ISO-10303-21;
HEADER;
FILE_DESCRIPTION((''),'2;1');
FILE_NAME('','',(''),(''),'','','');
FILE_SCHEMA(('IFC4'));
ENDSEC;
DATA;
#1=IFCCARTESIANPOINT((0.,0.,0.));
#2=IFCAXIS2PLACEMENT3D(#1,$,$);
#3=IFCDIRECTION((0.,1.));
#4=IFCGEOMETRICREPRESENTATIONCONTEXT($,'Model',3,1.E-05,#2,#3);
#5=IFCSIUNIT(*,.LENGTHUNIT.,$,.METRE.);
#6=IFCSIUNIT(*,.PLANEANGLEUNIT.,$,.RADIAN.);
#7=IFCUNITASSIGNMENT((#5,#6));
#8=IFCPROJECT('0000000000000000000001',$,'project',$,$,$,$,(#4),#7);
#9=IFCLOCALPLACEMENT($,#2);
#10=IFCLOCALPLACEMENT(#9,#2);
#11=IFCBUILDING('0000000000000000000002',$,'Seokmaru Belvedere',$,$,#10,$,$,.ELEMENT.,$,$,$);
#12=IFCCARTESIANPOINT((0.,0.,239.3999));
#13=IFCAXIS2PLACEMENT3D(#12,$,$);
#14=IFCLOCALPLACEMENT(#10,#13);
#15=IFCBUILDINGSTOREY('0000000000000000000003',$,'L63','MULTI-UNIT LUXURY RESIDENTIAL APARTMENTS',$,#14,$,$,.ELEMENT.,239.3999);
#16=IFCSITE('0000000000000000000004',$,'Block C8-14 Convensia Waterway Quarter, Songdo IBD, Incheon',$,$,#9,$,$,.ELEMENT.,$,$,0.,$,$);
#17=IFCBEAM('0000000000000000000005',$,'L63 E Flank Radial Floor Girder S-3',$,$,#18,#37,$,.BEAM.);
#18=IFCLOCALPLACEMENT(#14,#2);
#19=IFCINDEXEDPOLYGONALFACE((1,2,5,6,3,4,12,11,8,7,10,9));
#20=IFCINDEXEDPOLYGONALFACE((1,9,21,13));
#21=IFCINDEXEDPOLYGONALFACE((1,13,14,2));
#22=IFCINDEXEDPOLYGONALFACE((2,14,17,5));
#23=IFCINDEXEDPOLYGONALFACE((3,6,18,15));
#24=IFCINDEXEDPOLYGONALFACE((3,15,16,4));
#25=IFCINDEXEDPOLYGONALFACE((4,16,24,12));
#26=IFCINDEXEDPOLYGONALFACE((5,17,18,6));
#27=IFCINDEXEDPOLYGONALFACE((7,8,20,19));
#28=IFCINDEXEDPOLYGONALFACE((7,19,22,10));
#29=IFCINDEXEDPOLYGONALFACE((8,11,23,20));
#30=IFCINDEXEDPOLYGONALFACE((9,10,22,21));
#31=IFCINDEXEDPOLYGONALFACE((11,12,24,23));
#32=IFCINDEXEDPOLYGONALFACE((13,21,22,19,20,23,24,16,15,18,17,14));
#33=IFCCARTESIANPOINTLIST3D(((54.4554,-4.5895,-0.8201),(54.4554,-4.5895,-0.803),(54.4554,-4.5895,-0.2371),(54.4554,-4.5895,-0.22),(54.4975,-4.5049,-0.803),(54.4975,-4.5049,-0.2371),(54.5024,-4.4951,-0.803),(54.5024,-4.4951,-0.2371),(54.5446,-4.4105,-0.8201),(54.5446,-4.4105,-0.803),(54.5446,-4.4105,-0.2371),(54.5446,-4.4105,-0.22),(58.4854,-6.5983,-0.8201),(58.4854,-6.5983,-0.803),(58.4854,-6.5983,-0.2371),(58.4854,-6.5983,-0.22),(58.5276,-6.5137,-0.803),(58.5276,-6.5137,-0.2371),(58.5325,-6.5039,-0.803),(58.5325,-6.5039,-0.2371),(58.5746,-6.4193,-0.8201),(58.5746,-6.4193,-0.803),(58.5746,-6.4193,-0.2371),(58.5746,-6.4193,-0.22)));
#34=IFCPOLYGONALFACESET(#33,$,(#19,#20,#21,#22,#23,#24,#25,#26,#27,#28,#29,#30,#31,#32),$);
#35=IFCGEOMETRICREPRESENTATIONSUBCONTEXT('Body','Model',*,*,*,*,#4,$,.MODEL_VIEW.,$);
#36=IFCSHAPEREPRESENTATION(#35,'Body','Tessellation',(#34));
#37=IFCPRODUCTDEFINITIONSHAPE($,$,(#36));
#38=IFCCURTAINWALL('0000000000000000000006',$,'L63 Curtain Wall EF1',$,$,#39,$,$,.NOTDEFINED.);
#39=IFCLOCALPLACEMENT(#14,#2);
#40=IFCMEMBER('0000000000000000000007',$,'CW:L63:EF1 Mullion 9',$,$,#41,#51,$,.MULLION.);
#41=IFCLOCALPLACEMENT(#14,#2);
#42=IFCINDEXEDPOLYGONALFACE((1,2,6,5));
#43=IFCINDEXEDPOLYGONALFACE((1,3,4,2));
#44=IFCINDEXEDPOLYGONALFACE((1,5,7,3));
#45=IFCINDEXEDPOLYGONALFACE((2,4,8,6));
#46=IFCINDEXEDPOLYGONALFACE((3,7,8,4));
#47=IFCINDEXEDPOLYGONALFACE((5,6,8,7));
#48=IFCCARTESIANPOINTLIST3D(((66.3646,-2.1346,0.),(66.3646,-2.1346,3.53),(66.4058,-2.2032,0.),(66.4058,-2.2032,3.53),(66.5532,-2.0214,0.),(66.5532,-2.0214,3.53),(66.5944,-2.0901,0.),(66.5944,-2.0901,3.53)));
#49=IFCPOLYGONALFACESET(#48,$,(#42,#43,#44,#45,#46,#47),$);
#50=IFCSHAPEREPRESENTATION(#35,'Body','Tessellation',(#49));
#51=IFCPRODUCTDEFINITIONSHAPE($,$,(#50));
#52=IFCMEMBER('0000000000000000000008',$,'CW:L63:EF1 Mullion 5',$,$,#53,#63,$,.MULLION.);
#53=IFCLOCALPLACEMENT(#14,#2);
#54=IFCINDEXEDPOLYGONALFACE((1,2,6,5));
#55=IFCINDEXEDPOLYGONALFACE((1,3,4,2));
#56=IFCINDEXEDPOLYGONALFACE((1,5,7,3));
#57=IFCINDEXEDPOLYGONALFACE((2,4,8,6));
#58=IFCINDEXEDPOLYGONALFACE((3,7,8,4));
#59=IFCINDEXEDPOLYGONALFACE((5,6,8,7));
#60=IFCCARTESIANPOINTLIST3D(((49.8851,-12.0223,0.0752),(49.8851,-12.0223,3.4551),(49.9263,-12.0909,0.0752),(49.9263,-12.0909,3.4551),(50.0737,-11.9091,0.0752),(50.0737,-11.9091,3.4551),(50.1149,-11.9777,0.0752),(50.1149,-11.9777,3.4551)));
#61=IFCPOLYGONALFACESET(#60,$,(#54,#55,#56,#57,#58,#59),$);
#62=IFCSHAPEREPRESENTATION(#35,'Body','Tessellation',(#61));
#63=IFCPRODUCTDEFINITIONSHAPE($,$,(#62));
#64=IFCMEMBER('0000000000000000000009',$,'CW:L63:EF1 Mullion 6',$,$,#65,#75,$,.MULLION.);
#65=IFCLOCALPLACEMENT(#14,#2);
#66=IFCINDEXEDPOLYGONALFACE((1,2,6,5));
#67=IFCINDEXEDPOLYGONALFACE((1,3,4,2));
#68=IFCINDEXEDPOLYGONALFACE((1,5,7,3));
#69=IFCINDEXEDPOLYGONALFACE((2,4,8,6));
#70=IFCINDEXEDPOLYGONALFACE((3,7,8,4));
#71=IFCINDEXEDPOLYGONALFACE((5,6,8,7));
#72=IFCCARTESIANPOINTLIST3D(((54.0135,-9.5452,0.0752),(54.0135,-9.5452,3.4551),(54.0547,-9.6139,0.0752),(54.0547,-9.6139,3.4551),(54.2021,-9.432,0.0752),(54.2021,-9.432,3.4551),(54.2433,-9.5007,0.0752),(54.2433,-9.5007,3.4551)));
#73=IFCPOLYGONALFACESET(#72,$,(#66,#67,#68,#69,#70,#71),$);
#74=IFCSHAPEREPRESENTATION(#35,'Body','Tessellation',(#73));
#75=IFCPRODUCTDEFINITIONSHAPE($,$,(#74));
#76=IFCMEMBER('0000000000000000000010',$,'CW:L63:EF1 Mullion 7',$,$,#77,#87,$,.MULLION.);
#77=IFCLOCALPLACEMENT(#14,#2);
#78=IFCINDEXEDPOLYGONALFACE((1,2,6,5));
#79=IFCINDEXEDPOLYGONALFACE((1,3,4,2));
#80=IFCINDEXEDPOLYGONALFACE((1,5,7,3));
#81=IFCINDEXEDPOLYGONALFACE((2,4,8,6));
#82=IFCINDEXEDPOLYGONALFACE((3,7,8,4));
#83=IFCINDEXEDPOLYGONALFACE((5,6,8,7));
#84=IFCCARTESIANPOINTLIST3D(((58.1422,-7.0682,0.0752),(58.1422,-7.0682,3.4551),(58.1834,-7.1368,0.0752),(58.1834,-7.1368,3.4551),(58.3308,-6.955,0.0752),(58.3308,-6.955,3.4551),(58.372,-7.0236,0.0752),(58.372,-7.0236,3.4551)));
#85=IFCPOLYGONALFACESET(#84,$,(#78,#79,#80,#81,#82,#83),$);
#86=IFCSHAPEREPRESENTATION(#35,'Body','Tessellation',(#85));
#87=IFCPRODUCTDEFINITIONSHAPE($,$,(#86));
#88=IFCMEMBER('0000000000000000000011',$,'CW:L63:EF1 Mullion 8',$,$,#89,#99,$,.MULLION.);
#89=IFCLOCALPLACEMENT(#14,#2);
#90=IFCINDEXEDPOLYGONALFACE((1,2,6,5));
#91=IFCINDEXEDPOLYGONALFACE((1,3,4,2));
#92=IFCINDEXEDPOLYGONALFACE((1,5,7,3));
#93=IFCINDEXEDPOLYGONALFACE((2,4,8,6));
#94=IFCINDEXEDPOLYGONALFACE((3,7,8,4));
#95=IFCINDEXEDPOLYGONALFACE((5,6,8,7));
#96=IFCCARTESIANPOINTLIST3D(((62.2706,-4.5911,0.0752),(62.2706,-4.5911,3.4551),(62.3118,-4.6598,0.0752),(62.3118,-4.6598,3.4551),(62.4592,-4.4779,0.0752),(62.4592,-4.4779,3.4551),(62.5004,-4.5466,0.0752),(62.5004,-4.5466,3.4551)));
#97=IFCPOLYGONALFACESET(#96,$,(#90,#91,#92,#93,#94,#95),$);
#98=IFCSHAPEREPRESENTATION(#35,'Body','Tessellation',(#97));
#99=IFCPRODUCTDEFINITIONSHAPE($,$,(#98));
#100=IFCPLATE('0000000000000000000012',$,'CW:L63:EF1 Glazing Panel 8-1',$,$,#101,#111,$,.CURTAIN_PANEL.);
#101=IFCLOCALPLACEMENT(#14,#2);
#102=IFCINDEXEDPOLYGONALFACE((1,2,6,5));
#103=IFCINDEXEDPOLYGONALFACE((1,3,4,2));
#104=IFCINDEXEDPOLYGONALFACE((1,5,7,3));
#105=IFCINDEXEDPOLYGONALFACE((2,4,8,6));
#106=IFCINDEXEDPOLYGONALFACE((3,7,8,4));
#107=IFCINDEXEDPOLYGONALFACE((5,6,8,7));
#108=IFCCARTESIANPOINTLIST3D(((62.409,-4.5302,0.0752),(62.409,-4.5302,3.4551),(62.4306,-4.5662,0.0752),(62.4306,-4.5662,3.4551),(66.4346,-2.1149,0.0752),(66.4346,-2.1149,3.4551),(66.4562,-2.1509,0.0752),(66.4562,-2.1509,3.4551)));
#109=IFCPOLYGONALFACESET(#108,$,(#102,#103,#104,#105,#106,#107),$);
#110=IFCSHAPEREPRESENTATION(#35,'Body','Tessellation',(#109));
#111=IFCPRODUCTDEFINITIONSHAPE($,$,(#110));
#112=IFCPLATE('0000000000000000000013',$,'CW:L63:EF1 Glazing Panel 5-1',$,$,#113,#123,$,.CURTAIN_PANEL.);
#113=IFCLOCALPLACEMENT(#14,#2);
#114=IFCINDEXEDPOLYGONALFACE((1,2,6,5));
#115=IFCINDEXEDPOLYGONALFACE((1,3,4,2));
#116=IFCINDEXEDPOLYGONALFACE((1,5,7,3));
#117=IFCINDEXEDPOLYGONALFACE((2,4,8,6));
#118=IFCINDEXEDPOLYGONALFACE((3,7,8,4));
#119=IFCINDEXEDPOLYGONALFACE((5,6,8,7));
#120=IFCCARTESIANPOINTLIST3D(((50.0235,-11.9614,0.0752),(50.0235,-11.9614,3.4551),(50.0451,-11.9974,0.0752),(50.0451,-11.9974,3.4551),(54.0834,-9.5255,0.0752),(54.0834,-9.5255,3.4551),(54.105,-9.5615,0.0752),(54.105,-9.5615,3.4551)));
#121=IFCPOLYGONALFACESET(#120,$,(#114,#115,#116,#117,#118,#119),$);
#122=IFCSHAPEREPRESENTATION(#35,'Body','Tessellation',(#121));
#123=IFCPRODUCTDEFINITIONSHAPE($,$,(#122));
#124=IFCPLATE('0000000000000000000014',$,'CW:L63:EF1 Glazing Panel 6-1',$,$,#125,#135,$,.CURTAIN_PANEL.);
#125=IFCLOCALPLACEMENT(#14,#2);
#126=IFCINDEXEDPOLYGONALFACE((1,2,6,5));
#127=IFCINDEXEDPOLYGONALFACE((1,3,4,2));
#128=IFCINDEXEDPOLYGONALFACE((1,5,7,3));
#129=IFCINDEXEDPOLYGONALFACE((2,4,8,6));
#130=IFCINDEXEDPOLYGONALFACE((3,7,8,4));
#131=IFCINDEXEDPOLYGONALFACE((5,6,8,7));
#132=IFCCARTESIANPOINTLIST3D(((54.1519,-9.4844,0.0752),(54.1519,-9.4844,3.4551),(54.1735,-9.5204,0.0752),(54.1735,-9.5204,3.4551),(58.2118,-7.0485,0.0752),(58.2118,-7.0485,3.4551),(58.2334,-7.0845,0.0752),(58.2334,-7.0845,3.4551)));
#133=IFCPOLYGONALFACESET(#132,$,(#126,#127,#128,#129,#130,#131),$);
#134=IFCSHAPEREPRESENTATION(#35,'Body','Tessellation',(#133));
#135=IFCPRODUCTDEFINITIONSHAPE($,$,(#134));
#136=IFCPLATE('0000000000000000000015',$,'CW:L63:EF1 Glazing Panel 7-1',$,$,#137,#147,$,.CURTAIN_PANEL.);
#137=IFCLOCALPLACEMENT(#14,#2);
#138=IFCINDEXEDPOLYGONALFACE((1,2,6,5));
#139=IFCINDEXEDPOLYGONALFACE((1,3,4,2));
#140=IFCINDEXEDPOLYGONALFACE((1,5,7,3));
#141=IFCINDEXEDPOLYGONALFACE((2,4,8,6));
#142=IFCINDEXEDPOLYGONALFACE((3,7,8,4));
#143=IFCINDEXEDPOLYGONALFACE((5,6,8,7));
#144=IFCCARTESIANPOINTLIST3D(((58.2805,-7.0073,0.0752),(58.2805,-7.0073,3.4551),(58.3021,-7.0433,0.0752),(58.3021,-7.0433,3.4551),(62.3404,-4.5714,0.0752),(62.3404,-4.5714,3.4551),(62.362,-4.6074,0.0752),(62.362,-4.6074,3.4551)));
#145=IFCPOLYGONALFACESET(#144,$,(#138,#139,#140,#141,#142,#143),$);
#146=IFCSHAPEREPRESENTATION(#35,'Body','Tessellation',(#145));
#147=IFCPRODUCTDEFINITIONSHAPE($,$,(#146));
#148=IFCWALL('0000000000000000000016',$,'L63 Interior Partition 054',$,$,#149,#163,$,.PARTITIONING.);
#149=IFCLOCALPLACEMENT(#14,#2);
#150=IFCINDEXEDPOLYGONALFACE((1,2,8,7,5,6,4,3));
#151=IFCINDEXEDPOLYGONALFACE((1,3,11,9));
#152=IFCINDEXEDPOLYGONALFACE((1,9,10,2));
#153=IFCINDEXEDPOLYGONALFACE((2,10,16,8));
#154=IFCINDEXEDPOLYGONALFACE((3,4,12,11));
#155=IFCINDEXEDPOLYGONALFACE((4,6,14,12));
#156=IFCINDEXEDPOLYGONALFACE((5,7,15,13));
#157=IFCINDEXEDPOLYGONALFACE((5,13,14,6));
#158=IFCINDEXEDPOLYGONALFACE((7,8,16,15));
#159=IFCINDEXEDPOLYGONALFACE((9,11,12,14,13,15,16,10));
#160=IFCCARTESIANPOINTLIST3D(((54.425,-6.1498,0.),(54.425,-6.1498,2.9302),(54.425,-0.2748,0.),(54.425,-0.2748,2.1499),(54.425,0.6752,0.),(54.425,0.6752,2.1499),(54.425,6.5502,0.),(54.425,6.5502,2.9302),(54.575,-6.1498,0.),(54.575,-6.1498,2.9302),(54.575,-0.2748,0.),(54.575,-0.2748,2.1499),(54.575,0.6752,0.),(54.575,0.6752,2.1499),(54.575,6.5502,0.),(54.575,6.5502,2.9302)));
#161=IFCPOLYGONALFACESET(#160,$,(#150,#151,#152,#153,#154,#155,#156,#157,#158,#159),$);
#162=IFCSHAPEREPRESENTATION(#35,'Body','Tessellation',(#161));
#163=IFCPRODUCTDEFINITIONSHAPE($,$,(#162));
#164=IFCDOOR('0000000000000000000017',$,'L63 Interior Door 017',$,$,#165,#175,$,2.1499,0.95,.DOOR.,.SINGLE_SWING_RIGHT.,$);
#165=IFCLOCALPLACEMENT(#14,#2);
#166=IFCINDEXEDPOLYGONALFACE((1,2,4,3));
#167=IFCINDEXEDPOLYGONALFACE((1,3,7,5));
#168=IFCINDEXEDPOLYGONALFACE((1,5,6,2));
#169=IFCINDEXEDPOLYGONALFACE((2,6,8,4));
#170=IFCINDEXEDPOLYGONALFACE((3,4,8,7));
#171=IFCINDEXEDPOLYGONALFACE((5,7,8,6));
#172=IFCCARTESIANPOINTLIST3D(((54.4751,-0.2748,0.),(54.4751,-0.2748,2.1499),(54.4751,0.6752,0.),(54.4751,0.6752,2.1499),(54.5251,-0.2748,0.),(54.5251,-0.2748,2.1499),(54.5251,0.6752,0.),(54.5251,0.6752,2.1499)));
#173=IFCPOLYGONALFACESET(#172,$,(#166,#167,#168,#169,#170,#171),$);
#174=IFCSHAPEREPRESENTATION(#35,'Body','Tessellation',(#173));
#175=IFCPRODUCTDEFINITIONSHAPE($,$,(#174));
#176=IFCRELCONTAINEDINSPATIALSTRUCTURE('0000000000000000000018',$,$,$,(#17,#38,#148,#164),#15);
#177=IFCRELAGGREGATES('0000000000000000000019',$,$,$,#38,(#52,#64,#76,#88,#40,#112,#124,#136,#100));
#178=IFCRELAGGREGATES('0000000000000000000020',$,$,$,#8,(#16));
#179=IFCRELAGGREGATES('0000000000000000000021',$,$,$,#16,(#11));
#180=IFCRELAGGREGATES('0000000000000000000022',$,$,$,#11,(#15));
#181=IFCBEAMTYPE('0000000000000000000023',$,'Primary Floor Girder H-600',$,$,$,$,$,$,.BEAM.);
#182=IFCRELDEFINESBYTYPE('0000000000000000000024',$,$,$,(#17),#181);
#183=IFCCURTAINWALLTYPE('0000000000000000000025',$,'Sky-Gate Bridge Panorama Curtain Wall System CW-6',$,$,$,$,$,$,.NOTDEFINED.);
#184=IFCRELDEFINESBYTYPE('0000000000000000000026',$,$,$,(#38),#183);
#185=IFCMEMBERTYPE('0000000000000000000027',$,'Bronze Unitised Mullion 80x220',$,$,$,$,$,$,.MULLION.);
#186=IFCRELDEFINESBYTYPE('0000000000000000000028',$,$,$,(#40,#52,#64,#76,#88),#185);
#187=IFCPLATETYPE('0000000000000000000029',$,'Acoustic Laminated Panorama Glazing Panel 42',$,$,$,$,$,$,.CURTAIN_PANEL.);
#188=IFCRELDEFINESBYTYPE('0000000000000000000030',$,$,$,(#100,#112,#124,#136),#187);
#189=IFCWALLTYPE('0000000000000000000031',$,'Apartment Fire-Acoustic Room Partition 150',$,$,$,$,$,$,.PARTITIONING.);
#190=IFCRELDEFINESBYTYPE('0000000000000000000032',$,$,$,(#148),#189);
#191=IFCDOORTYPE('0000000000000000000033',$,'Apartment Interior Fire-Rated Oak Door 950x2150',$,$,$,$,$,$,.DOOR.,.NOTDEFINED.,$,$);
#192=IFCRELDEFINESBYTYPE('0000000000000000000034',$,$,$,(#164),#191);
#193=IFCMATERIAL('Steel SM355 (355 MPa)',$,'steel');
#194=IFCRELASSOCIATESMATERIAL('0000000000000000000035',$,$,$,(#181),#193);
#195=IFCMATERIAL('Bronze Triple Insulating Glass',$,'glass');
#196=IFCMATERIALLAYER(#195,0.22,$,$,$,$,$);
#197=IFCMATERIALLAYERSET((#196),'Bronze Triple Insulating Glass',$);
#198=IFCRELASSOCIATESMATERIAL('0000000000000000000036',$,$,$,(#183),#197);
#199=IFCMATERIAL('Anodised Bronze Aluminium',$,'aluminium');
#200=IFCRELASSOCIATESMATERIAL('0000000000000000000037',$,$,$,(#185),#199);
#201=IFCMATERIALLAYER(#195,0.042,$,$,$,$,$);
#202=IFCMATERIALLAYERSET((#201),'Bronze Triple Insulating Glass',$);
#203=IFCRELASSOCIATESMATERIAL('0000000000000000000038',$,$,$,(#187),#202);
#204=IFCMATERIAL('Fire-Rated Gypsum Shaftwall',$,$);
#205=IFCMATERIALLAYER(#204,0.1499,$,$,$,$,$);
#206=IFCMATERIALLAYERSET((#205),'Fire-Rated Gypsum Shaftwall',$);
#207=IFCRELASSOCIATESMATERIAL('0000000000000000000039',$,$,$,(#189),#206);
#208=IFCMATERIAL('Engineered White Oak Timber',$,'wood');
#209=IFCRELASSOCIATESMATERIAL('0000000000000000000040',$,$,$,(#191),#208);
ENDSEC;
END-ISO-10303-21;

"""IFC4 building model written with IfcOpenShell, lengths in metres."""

from ifc_helpers import new_model, si_unit, direction, frame, frame_2d, origin, origin_2d, place, context, subcontext, project, spatial, rectangle, i_section, extrude, source, transform, mapped, material, layer, layer_set, material_profile, profile_set, type_object, type_shapes, element, fill, aggregate, save


model = new_model("IFC4")

# Units and contexts
model_context = context("Model", 3, precision=1e-05, world=origin(), true_north=direction((0.0, 1.0)))
body_context = subcontext(model_context, "Body", "Model", "MODEL_VIEW")
ifc_project = project(units=[si_unit("LENGTHUNIT", "METRE"), si_unit("PLANEANGLEUNIT", "RADIAN")], contexts=[model_context])

# Site, building, storey
site_placement = place(None, origin())
site = spatial("IfcSite", under=ifc_project, at=site_placement, Name="Block C8-14 Convensia Waterway Quarter, Songdo IBD, Incheon", CompositionType="ELEMENT", RefElevation=0.0)
building_placement = place(site_placement, origin())
building = spatial("IfcBuilding", under=site, at=building_placement, Name="Seokmaru Belvedere", CompositionType="ELEMENT")
storey_placement = place(building_placement, frame((0.0, 0.0, 239.3999)))
storey = spatial("IfcBuildingStorey", under=building, at=storey_placement, Name="L63", Description="MULTI-UNIT LUXURY RESIDENTIAL APARTMENTS", CompositionType="ELEMENT", Elevation=239.3999)

# Shared definitions
ifc_material_1 = material(Name="Steel SM355 (355 MPa)", Category="steel")

# Beam
ifc_material_profile_1 = material_profile(ifc_material_1, i_section(OverallWidth=0.2, OverallDepth=0.6001, WebThickness=0.011, FlangeThickness=0.0171, at=origin_2d()), Name="H-600x200x11x17")
ifc_profile_set_1 = profile_set([ifc_material_profile_1], Name="Steel SM355 (355 MPa)")
beam_type_1 = type_object("IfcBeamType", Name="Primary Floor Girder H-600", PredefinedType="BEAM", material=ifc_profile_set_1)
shared_shape_1 = source(origin(), body_context, "Body", "SweptSolid", [
    extrude(i_section(OverallWidth=0.2, OverallDepth=0.6001, WebThickness=0.011, FlangeThickness=0.0171, at=origin_2d()), origin(), (0.0, 0.0, 1.0), 4.5029),
])
beam_1_placement = place(storey_placement, frame((58.53, -6.5088, -0.52), z_axis=(-0.89498, 0.446107, 0.0), x_axis=(-0.446107, -0.89498, 0.0)))
element("IfcBeam", 1, at=beam_1_placement, inside=storey, type_object=beam_type_1, Name="L63 E Flank Radial Floor Girder S-3", PredefinedType="BEAM", context=body_context, shape_type="MappedRepresentation", body=[
    mapped(shared_shape_1, transform((0.0, 0.0, 0.0), scale=1.0)),
])

# Curtain wall, members, plates
ifc_material_2 = material(Name="Bronze Triple Insulating Glass", Category="glass")
ifc_layer_1 = layer(ifc_material_2, 0.22)
ifc_layer_set_1 = layer_set([ifc_layer_1], Name="Bronze Triple Insulating Glass")
curtain_wall_type = type_object("IfcCurtainWallType", Name="Sky-Gate Bridge Panorama Curtain Wall System CW-6", PredefinedType="NOTDEFINED", material=ifc_layer_set_1)
curtain_wall_placement = place(storey_placement, origin())
curtain_wall = element("IfcCurtainWall", 2, at=curtain_wall_placement, inside=storey, type_object=curtain_wall_type, Name="L63 Curtain Wall EF1", PredefinedType="NOTDEFINED")
ifc_material_3 = material(Name="Anodised Bronze Aluminium", Category="aluminium")
ifc_material_profile_2 = material_profile(ifc_material_3, rectangle(XDim=0.0801, YDim=0.22, at=origin_2d()), Name="CW-M-80x220")
ifc_profile_set_2 = profile_set([ifc_material_profile_2], Name="Anodised Bronze Aluminium")
member_type = type_object("IfcMemberType", Name="Bronze Unitised Mullion 80x220", PredefinedType="MULLION", material=ifc_profile_set_2)
shared_shape_2 = source(origin(), body_context, "Body", "SweptSolid", [
    extrude(rectangle(XDim=0.0801, YDim=0.22, at=origin_2d()), origin(), (0.0, 0.0, 1.0), 3.53),
])
member_1_placement = place(storey_placement, frame((66.4795, -2.1123, 0.0), z_axis=(0.0, 0.0, 1.0), x_axis=(-0.514495, 0.857493, 0.0)))
member_1 = element("IfcMember", 3, at=member_1_placement, type_object=member_type, Name="CW:L63:EF1 Mullion 9", PredefinedType="MULLION", context=body_context, shape_type="MappedRepresentation", body=[
    mapped(shared_shape_2, transform((0.0, 0.0, 0.0), scale=1.0)),
])
shared_shape_3 = source(origin(), body_context, "Body", "SweptSolid", [
    extrude(rectangle(XDim=0.0801, YDim=0.22, at=origin_2d()), origin(), (0.0, 0.0, 1.0), 3.3799),
])
type_shapes(member_type, [shared_shape_2, shared_shape_3])
member_2_placement = place(storey_placement, frame((50.0, -12.0, 0.0752), z_axis=(0.0, 0.0, 1.0), x_axis=(-0.514495, 0.857493, 0.0)))
member_2 = element("IfcMember", 4, at=member_2_placement, type_object=member_type, Name="CW:L63:EF1 Mullion 5", PredefinedType="MULLION", context=body_context, shape_type="MappedRepresentation", body=[
    mapped(shared_shape_3, transform((0.0, 0.0, 0.0), scale=1.0)),
])
member_3_placement = place(storey_placement, frame((54.1284, -9.5229, 0.0752), z_axis=(0.0, 0.0, 1.0), x_axis=(-0.514495, 0.857493, 0.0)))
member_3 = element("IfcMember", 5, at=member_3_placement, type_object=member_type, Name="CW:L63:EF1 Mullion 6", PredefinedType="MULLION", context=body_context, shape_type="MappedRepresentation", body=[
    mapped(shared_shape_3, transform((0.0, 0.0, 0.0), scale=1.0)),
])
member_4_placement = place(storey_placement, frame((58.2571, -7.0459, 0.0752), z_axis=(0.0, 0.0, 1.0), x_axis=(-0.514495, 0.857493, 0.0)))
member_4 = element("IfcMember", 6, at=member_4_placement, type_object=member_type, Name="CW:L63:EF1 Mullion 7", PredefinedType="MULLION", context=body_context, shape_type="MappedRepresentation", body=[
    mapped(shared_shape_3, transform((0.0, 0.0, 0.0), scale=1.0)),
])
member_5_placement = place(storey_placement, frame((62.3855, -4.5688, 0.0752), z_axis=(0.0, 0.0, 1.0), x_axis=(-0.514495, 0.857493, 0.0)))
member_5 = element("IfcMember", 7, at=member_5_placement, type_object=member_type, Name="CW:L63:EF1 Mullion 8", PredefinedType="MULLION", context=body_context, shape_type="MappedRepresentation", body=[
    mapped(shared_shape_3, transform((0.0, 0.0, 0.0), scale=1.0)),
])
ifc_layer_2 = layer(ifc_material_2, 0.042)
ifc_layer_set_2 = layer_set([ifc_layer_2], Name="Bronze Triple Insulating Glass")
plate_type = type_object("IfcPlateType", Name="Acoustic Laminated Panorama Glazing Panel 42", PredefinedType="CURTAIN_PANEL", material=ifc_layer_set_2)
shared_shape_4 = source(origin(), body_context, "Body", "SweptSolid", [
    extrude(rectangle(XDim=4.6946, YDim=0.042, at=origin_2d()), origin(), (0.0, 0.0, 1.0), 3.3799),
])
plate_1_placement = place(storey_placement, frame((64.4326, -3.3406, 0.0752), z_axis=(0.0, 0.0, 1.0), x_axis=(0.857493, 0.514495, 0.0)))
plate_1 = element("IfcPlate", 8, at=plate_1_placement, type_object=plate_type, Name="CW:L63:EF1 Glazing Panel 8-1", PredefinedType="CURTAIN_PANEL", context=body_context, shape_type="MappedRepresentation", body=[
    mapped(shared_shape_4, transform((0.0, 0.0, 0.0), scale=1.0)),
])
shared_shape_5 = source(origin(), body_context, "Body", "SweptSolid", [
    extrude(rectangle(XDim=4.7346, YDim=0.042, at=origin_2d()), origin(), (0.0, 0.0, 1.0), 3.3799),
])
type_shapes(plate_type, [shared_shape_4, shared_shape_5])
plate_2_placement = place(storey_placement, frame((52.0642, -10.7615, 0.0752), z_axis=(0.0, 0.0, 1.0), x_axis=(0.857493, 0.514495, 0.0)))
plate_2 = element("IfcPlate", 9, at=plate_2_placement, type_object=plate_type, Name="CW:L63:EF1 Glazing Panel 5-1", PredefinedType="CURTAIN_PANEL", context=body_context, shape_type="MappedRepresentation", body=[
    mapped(shared_shape_5, transform((0.0, 0.0, 0.0), scale=1.0)),
])
plate_3_placement = place(storey_placement, frame((56.1926, -8.2844, 0.0752), z_axis=(0.0, 0.0, 1.0), x_axis=(0.857493, 0.514495, 0.0)))
plate_3 = element("IfcPlate", 10, at=plate_3_placement, type_object=plate_type, Name="CW:L63:EF1 Glazing Panel 6-1", PredefinedType="CURTAIN_PANEL", context=body_context, shape_type="MappedRepresentation", body=[
    mapped(shared_shape_5, transform((0.0, 0.0, 0.0), scale=1.0)),
])
plate_4_placement = place(storey_placement, frame((60.3213, -5.8074, 0.0752), z_axis=(0.0, 0.0, 1.0), x_axis=(0.857493, 0.514495, 0.0)))
plate_4 = element("IfcPlate", 11, at=plate_4_placement, type_object=plate_type, Name="CW:L63:EF1 Glazing Panel 7-1", PredefinedType="CURTAIN_PANEL", context=body_context, shape_type="MappedRepresentation", body=[
    mapped(shared_shape_5, transform((0.0, 0.0, 0.0), scale=1.0)),
])
aggregate(curtain_wall, [member_2, member_3, member_4, member_5, member_1, plate_2, plate_3, plate_4, plate_1])

# Wall, opening, door
ifc_material_4 = material(Name="Fire-Rated Gypsum Shaftwall")
ifc_layer_3 = layer(ifc_material_4, 0.1499)
ifc_layer_set_3 = layer_set([ifc_layer_3], Name="Fire-Rated Gypsum Shaftwall")
wall_type_1 = type_object("IfcWallType", Name="Apartment Fire-Acoustic Room Partition 150", PredefinedType="PARTITIONING", material=ifc_layer_set_3)
wall_1_placement = place(storey_placement, frame((54.5, -6.1499, 0.0), z_axis=(0.0, 0.0, 1.0), x_axis=(0.0, 1.0, 0.0)))
wall_1 = element("IfcWall", 12, at=wall_1_placement, inside=storey, type_object=wall_type_1, Name="L63 Interior Partition 054", PredefinedType="PARTITIONING", context=body_context, shape_type="SweptSolid", body=[
    extrude(rectangle(XDim=12.7, YDim=0.1499, at=frame_2d((6.3501, 0.0))), origin(), (0.0, 0.0, 1.0), 2.9302),
])
opening_placement = place(wall_1_placement, frame((5.875, 0.0, 0.0)))
opening = element("IfcOpeningElement", 13, at=opening_placement, cuts=wall_1, PredefinedType="OPENING", context=body_context, shape_type="SweptSolid", body=[
    extrude(rectangle(XDim=0.95, YDim=2.1499, at=frame_2d((0.4751, 1.075))), frame((0.0, 0.085, 0.0), z_axis=(0.0, -1.0, 0.0), x_axis=(1.0, 0.0, 0.0)), (0.0, 0.0, 1.0), 0.1699),
])
ifc_material_5 = material(Name="Engineered White Oak Timber", Category="wood")
door_type = type_object("IfcDoorType", Name="Apartment Interior Fire-Rated Oak Door 950x2150", OperationType="NOTDEFINED", PredefinedType="DOOR", material=ifc_material_5)
shared_shape_6 = source(origin(), body_context, "Body", "SweptSolid", [
    extrude(rectangle(XDim=0.95, YDim=2.1499, at=frame_2d((0.4751, 1.075))), frame((0.0, 0.0249, 0.0), z_axis=(0.0, -1.0, 0.0), x_axis=(1.0, 0.0, 0.0)), (0.0, 0.0, 1.0), 0.05),
])
type_shapes(door_type, [shared_shape_6])
door_placement = place(opening_placement, origin())
door = element("IfcDoor", 14, at=door_placement, inside=storey, type_object=door_type, Name="L63 Interior Door 017", OperationType="SINGLE_SWING_RIGHT", OverallHeight=2.1499, OverallWidth=0.95, PredefinedType="DOOR", context=body_context, shape_type="MappedRepresentation", body=[
    mapped(shared_shape_6, transform((0.0, 0.0, 0.0), scale=1.0)),
])
fill(opening, door)

save(model, "model.ifc")
